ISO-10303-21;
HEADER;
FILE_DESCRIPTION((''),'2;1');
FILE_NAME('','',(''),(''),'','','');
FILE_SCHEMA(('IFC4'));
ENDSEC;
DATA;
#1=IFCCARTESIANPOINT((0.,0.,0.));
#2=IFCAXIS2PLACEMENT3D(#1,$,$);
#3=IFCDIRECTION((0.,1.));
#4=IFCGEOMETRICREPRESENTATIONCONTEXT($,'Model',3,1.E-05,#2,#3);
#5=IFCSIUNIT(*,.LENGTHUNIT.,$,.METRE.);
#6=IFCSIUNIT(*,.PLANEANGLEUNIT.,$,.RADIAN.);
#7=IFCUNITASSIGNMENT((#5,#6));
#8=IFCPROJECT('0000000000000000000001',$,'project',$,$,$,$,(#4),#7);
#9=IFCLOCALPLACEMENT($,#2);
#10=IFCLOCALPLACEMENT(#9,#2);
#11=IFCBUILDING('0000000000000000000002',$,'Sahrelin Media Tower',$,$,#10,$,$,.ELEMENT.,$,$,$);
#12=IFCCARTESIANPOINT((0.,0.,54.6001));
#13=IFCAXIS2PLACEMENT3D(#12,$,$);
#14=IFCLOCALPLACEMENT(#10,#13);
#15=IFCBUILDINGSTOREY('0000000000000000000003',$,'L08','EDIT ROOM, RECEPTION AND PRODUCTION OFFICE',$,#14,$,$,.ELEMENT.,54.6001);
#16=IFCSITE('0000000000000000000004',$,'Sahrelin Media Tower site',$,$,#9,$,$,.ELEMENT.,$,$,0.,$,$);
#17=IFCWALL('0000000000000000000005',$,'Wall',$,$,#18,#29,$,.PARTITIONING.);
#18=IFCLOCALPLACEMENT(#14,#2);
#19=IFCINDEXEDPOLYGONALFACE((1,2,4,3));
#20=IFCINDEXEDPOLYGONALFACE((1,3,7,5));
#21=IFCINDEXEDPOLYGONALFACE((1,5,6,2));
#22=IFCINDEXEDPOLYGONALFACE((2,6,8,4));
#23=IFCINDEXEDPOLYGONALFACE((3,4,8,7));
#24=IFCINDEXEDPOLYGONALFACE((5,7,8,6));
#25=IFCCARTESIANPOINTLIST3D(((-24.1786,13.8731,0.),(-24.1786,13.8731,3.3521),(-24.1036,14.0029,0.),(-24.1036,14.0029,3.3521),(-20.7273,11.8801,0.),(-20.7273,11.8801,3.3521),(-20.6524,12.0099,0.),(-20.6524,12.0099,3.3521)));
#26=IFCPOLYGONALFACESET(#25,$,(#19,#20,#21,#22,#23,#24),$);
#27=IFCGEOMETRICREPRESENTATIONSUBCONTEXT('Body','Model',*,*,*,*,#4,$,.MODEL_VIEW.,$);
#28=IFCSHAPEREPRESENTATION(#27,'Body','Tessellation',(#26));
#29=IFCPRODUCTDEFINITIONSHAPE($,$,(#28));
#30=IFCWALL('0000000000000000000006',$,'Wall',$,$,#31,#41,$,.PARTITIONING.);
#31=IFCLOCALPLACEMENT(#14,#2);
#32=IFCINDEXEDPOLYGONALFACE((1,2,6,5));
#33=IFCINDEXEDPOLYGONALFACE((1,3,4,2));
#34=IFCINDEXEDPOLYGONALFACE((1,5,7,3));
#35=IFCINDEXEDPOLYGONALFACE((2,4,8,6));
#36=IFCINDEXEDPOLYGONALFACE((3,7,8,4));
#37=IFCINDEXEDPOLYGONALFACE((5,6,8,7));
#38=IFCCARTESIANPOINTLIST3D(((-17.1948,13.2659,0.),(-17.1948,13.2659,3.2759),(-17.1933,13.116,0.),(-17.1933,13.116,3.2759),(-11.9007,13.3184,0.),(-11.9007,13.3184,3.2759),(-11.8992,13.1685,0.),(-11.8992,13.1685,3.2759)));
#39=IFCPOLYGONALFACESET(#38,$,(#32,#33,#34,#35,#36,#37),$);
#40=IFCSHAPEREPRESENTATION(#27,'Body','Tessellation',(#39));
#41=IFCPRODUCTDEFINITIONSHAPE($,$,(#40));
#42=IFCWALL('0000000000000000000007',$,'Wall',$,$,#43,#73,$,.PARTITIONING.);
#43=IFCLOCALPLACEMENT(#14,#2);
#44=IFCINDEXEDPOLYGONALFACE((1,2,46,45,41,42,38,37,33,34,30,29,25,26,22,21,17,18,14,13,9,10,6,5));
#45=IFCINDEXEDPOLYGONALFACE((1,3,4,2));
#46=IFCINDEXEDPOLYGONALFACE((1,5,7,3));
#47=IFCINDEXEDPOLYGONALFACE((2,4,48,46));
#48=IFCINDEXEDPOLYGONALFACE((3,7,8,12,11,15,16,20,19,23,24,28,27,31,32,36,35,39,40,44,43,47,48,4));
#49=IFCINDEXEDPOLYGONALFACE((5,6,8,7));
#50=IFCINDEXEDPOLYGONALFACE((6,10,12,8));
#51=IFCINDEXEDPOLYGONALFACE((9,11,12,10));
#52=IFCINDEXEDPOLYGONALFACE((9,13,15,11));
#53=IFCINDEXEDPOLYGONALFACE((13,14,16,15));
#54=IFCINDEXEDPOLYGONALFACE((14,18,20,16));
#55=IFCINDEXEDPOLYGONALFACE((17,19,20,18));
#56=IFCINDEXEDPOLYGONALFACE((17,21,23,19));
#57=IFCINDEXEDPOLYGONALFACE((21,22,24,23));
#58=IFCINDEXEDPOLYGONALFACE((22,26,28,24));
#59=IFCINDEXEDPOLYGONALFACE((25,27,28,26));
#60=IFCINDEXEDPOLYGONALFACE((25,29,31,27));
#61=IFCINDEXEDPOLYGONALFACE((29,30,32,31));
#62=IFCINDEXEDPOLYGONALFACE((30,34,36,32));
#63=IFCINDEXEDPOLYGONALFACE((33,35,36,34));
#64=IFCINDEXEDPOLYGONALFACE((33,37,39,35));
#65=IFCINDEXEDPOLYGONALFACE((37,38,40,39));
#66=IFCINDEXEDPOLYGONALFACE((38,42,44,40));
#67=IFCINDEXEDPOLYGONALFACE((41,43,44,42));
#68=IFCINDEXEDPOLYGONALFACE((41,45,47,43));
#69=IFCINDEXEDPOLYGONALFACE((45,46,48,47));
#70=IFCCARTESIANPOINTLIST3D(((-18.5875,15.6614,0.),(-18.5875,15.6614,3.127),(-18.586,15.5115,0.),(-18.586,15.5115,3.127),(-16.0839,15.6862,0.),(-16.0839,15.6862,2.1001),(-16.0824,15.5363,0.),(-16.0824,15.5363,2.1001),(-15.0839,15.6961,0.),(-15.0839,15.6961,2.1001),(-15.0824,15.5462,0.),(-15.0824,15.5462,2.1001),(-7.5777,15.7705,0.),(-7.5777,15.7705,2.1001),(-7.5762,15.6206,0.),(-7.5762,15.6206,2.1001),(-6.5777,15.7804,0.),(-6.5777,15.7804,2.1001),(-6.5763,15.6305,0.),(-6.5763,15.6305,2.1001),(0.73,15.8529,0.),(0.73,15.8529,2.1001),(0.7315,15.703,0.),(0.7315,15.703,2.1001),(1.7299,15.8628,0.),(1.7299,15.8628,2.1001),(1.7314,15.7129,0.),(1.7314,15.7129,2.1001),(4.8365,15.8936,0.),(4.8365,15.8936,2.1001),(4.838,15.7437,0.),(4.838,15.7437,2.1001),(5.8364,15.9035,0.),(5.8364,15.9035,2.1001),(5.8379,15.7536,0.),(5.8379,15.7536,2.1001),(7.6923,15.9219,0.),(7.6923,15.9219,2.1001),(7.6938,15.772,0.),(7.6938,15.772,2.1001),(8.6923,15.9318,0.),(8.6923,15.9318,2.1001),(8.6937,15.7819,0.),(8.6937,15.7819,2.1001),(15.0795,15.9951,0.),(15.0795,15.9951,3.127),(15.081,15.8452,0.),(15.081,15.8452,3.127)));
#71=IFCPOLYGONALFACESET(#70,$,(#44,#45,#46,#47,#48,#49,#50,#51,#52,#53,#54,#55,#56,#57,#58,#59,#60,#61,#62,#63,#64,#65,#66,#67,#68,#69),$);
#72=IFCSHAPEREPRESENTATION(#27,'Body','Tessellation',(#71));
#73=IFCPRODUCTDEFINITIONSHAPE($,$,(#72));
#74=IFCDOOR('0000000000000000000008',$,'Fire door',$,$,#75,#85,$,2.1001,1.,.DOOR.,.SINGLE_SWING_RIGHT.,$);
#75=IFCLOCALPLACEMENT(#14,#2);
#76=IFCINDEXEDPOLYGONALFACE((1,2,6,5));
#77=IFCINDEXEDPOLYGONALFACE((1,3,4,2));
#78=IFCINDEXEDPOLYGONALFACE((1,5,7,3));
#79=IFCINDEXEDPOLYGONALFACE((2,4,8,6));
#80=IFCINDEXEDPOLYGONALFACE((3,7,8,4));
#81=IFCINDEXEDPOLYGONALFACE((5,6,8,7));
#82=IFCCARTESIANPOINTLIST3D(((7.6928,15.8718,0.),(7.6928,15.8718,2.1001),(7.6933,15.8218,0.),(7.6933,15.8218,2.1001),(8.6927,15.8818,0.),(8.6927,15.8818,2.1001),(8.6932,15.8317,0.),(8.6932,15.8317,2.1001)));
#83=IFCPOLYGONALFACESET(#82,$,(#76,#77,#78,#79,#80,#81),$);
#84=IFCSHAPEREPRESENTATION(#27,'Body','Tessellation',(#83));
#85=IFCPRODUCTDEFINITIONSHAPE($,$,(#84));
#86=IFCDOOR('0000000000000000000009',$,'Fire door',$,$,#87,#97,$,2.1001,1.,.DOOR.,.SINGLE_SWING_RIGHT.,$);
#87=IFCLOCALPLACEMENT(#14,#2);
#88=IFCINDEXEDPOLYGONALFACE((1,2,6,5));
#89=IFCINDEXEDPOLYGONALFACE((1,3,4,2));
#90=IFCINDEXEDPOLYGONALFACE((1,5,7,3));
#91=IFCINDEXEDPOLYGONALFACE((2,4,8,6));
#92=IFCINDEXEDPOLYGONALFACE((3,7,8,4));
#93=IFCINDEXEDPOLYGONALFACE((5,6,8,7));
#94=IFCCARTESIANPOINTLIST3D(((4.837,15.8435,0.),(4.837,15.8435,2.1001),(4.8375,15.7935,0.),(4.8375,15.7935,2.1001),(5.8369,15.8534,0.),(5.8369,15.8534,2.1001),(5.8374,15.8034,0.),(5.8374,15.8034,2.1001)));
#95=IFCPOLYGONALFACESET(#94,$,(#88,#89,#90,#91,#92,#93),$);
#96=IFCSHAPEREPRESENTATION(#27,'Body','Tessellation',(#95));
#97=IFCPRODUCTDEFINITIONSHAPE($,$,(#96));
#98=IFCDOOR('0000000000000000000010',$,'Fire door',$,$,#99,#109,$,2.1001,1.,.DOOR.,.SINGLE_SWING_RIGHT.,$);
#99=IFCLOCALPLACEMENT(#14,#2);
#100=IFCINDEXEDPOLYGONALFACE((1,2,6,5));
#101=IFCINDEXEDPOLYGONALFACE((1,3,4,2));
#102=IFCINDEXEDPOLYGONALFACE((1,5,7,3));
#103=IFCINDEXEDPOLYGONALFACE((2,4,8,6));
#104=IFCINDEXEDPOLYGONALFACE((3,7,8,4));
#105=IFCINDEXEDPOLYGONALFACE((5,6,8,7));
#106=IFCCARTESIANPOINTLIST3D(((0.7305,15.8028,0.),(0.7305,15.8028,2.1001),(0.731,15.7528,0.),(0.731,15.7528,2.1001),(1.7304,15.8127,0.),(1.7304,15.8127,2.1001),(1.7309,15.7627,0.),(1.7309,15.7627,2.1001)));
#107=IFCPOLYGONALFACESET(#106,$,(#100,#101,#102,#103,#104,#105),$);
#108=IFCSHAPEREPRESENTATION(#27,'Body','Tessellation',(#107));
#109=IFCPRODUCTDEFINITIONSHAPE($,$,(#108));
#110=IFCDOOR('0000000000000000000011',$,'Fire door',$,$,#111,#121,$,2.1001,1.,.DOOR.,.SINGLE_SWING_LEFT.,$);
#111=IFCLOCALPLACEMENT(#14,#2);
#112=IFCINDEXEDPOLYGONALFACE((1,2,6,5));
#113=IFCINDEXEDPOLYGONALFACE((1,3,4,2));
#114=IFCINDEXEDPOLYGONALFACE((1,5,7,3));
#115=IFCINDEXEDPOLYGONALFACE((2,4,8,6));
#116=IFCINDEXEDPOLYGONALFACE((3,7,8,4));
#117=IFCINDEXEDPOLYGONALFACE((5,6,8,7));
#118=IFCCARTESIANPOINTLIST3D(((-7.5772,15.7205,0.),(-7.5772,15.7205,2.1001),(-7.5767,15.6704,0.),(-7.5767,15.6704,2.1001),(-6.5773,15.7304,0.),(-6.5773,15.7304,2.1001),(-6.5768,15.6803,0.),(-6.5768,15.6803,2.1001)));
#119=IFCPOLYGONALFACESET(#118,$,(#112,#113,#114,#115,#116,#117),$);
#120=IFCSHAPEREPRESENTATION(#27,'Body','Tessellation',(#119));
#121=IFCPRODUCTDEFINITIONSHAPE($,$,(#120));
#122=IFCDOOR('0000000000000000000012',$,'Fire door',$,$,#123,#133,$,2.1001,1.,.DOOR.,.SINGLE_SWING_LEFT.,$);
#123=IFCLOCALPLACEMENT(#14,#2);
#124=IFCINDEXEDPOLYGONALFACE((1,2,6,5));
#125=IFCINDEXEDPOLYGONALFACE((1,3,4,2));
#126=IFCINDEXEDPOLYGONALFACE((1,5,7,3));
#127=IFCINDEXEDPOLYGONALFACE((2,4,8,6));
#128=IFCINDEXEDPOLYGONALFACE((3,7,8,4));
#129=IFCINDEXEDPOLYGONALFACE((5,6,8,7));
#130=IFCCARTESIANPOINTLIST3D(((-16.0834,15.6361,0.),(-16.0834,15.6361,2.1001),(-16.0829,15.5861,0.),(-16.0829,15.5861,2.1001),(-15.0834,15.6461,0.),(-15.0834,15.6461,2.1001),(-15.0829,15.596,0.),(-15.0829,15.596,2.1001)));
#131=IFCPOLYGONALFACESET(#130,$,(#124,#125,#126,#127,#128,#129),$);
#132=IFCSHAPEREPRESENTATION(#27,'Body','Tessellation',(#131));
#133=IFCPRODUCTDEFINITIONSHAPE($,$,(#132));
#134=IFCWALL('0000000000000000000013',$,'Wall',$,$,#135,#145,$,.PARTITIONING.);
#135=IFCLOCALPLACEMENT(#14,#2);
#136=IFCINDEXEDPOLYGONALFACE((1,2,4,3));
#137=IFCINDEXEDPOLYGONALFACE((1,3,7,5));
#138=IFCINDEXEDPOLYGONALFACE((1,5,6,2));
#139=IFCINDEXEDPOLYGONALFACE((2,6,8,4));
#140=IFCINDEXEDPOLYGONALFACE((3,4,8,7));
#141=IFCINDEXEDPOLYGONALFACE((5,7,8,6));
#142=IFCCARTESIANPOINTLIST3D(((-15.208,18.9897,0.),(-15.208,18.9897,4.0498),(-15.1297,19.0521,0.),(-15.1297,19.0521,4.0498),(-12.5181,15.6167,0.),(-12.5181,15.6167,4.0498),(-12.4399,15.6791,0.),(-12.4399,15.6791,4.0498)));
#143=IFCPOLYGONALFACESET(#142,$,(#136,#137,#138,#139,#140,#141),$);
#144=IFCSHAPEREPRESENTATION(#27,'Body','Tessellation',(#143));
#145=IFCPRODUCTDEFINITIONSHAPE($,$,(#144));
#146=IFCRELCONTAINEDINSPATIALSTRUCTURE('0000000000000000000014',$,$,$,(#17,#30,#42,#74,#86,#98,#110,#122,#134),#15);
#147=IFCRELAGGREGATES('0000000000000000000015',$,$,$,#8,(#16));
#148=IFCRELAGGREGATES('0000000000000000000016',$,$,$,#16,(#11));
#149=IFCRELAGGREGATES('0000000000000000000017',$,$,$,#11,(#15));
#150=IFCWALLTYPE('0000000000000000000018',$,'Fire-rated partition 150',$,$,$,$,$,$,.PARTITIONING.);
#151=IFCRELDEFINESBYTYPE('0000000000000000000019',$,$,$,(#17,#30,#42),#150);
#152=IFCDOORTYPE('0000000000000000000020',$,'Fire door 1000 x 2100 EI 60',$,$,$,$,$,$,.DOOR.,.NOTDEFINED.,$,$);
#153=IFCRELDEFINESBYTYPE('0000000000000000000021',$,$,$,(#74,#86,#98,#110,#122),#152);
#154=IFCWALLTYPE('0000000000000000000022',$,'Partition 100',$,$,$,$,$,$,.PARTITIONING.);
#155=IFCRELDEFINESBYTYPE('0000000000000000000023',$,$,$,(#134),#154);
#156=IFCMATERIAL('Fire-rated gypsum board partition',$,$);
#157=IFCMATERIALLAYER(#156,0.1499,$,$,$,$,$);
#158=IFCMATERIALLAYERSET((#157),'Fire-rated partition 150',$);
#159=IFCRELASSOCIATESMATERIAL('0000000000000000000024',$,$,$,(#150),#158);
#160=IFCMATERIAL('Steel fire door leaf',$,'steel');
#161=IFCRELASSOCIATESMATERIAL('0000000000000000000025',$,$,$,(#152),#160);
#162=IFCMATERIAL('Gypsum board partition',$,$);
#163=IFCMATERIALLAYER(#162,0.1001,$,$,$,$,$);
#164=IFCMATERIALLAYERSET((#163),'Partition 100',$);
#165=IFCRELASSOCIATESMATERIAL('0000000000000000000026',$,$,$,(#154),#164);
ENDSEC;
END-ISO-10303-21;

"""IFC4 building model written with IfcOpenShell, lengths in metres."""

from ifc_helpers import new_model, si_unit, direction, frame, frame_2d, origin, place, context, subcontext, project, spatial, rectangle, extrude, material, layer, layer_set, type_object, element, fill, save


model = new_model("IFC4")

# Units and contexts
model_context = context("Model", 3, precision=1e-05, world=origin(), true_north=direction((0.0, 1.0)))
body_context = subcontext(model_context, "Body", "Model", "MODEL_VIEW")
ifc_project = project(units=[si_unit("LENGTHUNIT", "METRE"), si_unit("PLANEANGLEUNIT", "RADIAN")], contexts=[model_context])

# Site, building, storey
site_placement = place(None, origin())
site = spatial("IfcSite", under=ifc_project, at=site_placement, Name="Sahrelin Media Tower site", CompositionType="ELEMENT", RefElevation=0.0)
building_placement = place(site_placement, origin())
building = spatial("IfcBuilding", under=site, at=building_placement, Name="Sahrelin Media Tower", CompositionType="ELEMENT")
storey_placement = place(building_placement, frame((0.0, 0.0, 54.6001)))
storey = spatial("IfcBuildingStorey", under=building, at=storey_placement, Name="L08", Description="EDIT ROOM, RECEPTION AND PRODUCTION OFFICE", CompositionType="ELEMENT", Elevation=54.6001)

# Walls
ifc_material_1 = material(Name="Fire-rated gypsum board partition")
ifc_layer_1 = layer(ifc_material_1, 0.1499)
ifc_layer_set_1 = layer_set([ifc_layer_1], Name="Fire-rated partition 150")
wall_type_1 = type_object("IfcWallType", Name="Fire-rated partition 150", PredefinedType="PARTITIONING", material=ifc_layer_set_1)
wall_1_placement = place(storey_placement, frame((-24.1411, 13.938, 0.0), z_axis=(0.0, 0.0, 1.0), x_axis=(0.865984, -0.500072, 0.0)))
element("IfcWall", 1, at=wall_1_placement, inside=storey, type_object=wall_type_1, Name="Wall", PredefinedType="PARTITIONING", context=body_context, shape_type="SweptSolid", body=[
    extrude(rectangle(XDim=3.9854, YDim=0.1499, at=frame_2d((1.9927, 0.0))), origin(), (0.0, 0.0, 1.0), 3.3521),
])
wall_2_placement = place(storey_placement, frame((-17.1941, 13.1909, 0.0), z_axis=(0.0, 0.0, 1.0), x_axis=(0.999951, 0.009914, 0.0)))
element("IfcWall", 2, at=wall_2_placement, inside=storey, type_object=wall_type_1, Name="Wall", PredefinedType="PARTITIONING", context=body_context, shape_type="SweptSolid", body=[
    extrude(rectangle(XDim=5.2944, YDim=0.1499, at=frame_2d((2.6472, 0.0))), origin(), (0.0, 0.0, 1.0), 3.2759),
])

# Wall, openings, doors
wall_3_placement = place(storey_placement, frame((-18.5869, 15.5864, 0.0), z_axis=(0.0, 0.0, 1.0), x_axis=(0.999951, 0.009912, 0.0)))
wall_3 = element("IfcWall", 3, at=wall_3_placement, inside=storey, type_object=wall_type_1, Name="Wall", PredefinedType="PARTITIONING", context=body_context, shape_type="SweptSolid", body=[
    extrude(rectangle(XDim=33.6687, YDim=0.1499, at=frame_2d((16.8345, 0.0))), origin(), (0.0, 0.0, 1.0), 3.127),
])
opening_1_placement = place(wall_3_placement, frame((26.2812, 0.0, 0.0)))
opening_1 = element("IfcOpeningElement", 4, at=opening_1_placement, cuts=wall_3, PredefinedType="OPENING", context=body_context, shape_type="SweptSolid", body=[
    extrude(rectangle(XDim=1.0, YDim=2.1001, at=frame_2d((0.5, 1.05))), frame((0.0, 0.075, 0.0), z_axis=(0.0, -1.0, 0.0), x_axis=(1.0, 0.0, 0.0)), (0.0, 0.0, 1.0), 0.1499),
])
opening_2_placement = place(wall_3_placement, frame((23.4253, 0.0, 0.0)))
opening_2 = element("IfcOpeningElement", 5, at=opening_2_placement, cuts=wall_3, PredefinedType="OPENING", context=body_context, shape_type="SweptSolid", body=[
    extrude(rectangle(XDim=1.0, YDim=2.1001, at=frame_2d((0.5, 1.05))), frame((0.0, 0.075, 0.0), z_axis=(0.0, -1.0, 0.0), x_axis=(1.0, 0.0, 0.0)), (0.0, 0.0, 1.0), 0.1499),
])
opening_3_placement = place(wall_3_placement, frame((19.3186, 0.0, 0.0)))
opening_3 = element("IfcOpeningElement", 6, at=opening_3_placement, cuts=wall_3, PredefinedType="OPENING", context=body_context, shape_type="SweptSolid", body=[
    extrude(rectangle(XDim=1.0, YDim=2.1001, at=frame_2d((0.5, 1.05))), frame((0.0, 0.075, 0.0), z_axis=(0.0, -1.0, 0.0), x_axis=(1.0, 0.0, 0.0)), (0.0, 0.0, 1.0), 0.1499),
])
opening_4_placement = place(wall_3_placement, frame((11.0105, 0.0, 0.0)))
opening_4 = element("IfcOpeningElement", 7, at=opening_4_placement, cuts=wall_3, PredefinedType="OPENING", context=body_context, shape_type="SweptSolid", body=[
    extrude(rectangle(XDim=1.0, YDim=2.1001, at=frame_2d((0.5, 1.05))), frame((0.0, 0.075, 0.0), z_axis=(0.0, -1.0, 0.0), x_axis=(1.0, 0.0, 0.0)), (0.0, 0.0, 1.0), 0.1499),
])
opening_5_placement = place(wall_3_placement, frame((2.5039, 0.0, 0.0)))
opening_5 = element("IfcOpeningElement", 8, at=opening_5_placement, cuts=wall_3, PredefinedType="OPENING", context=body_context, shape_type="SweptSolid", body=[
    extrude(rectangle(XDim=1.0, YDim=2.1001, at=frame_2d((0.5, 1.05))), frame((0.0, 0.075, 0.0), z_axis=(0.0, -1.0, 0.0), x_axis=(1.0, 0.0, 0.0)), (0.0, 0.0, 1.0), 0.1499),
])
ifc_material_2 = material(Name="Steel fire door leaf", Category="steel")
door_type_1 = type_object("IfcDoorType", Name="Fire door 1000 x 2100 EI 60", OperationType="NOTDEFINED", PredefinedType="DOOR", material=ifc_material_2)
door_1_placement = place(opening_1_placement, origin())
door_1 = element("IfcDoor", 9, at=door_1_placement, inside=storey, type_object=door_type_1, Name="Fire door", OperationType="SINGLE_SWING_RIGHT", OverallHeight=2.1001, OverallWidth=1.0, PredefinedType="DOOR", context=body_context, shape_type="SweptSolid", body=[
    extrude(rectangle(XDim=1.0, YDim=2.1001, at=frame_2d((0.5, 1.05))), frame((0.0, 0.0249, 0.0), z_axis=(0.0, -1.0, 0.0), x_axis=(1.0, 0.0, 0.0)), (0.0, 0.0, 1.0), 0.05),
])
fill(opening_1, door_1)
door_2_placement = place(opening_2_placement, origin())
door_2 = element("IfcDoor", 10, at=door_2_placement, inside=storey, type_object=door_type_1, Name="Fire door", OperationType="SINGLE_SWING_RIGHT", OverallHeight=2.1001, OverallWidth=1.0, PredefinedType="DOOR", context=body_context, shape_type="SweptSolid", body=[
    extrude(rectangle(XDim=1.0, YDim=2.1001, at=frame_2d((0.5, 1.05))), frame((0.0, 0.0249, 0.0), z_axis=(0.0, -1.0, 0.0), x_axis=(1.0, 0.0, 0.0)), (0.0, 0.0, 1.0), 0.05),
])
fill(opening_2, door_2)
door_3_placement = place(opening_3_placement, origin())
door_3 = element("IfcDoor", 11, at=door_3_placement, inside=storey, type_object=door_type_1, Name="Fire door", OperationType="SINGLE_SWING_RIGHT", OverallHeight=2.1001, OverallWidth=1.0, PredefinedType="DOOR", context=body_context, shape_type="SweptSolid", body=[
    extrude(rectangle(XDim=1.0, YDim=2.1001, at=frame_2d((0.5, 1.05))), frame((0.0, 0.0249, 0.0), z_axis=(0.0, -1.0, 0.0), x_axis=(1.0, 0.0, 0.0)), (0.0, 0.0, 1.0), 0.05),
])
fill(opening_3, door_3)
door_4_placement = place(opening_4_placement, origin())
door_4 = element("IfcDoor", 12, at=door_4_placement, inside=storey, type_object=door_type_1, Name="Fire door", OperationType="SINGLE_SWING_LEFT", OverallHeight=2.1001, OverallWidth=1.0, PredefinedType="DOOR", context=body_context, shape_type="SweptSolid", body=[
    extrude(rectangle(XDim=1.0, YDim=2.1001, at=frame_2d((0.5, 1.05))), frame((0.0, 0.0249, 0.0), z_axis=(0.0, -1.0, 0.0), x_axis=(1.0, 0.0, 0.0)), (0.0, 0.0, 1.0), 0.05),
])
fill(opening_4, door_4)
door_5_placement = place(opening_5_placement, origin())
door_5 = element("IfcDoor", 13, at=door_5_placement, inside=storey, type_object=door_type_1, Name="Fire door", OperationType="SINGLE_SWING_LEFT", OverallHeight=2.1001, OverallWidth=1.0, PredefinedType="DOOR", context=body_context, shape_type="SweptSolid", body=[
    extrude(rectangle(XDim=1.0, YDim=2.1001, at=frame_2d((0.5, 1.05))), frame((0.0, 0.0249, 0.0), z_axis=(0.0, -1.0, 0.0), x_axis=(1.0, 0.0, 0.0)), (0.0, 0.0, 1.0), 0.05),
])
fill(opening_5, door_5)

# Wall
ifc_material_3 = material(Name="Gypsum board partition")
ifc_layer_2 = layer(ifc_material_3, 0.1001)
ifc_layer_set_2 = layer_set([ifc_layer_2], Name="Partition 100")
wall_type_2 = type_object("IfcWallType", Name="Partition 100", PredefinedType="PARTITIONING", material=ifc_layer_set_2)
wall_4_placement = place(storey_placement, frame((-15.1689, 19.021, 0.0), z_axis=(0.0, 0.0, 1.0), x_axis=(0.623494, -0.781829, 0.0)))
element("IfcWall", 14, at=wall_4_placement, inside=storey, type_object=wall_type_2, Name="Wall", PredefinedType="PARTITIONING", context=body_context, shape_type="SweptSolid", body=[
    extrude(rectangle(XDim=4.3142, YDim=0.1001, at=frame_2d((2.1572, 0.0))), origin(), (0.0, 0.0, 1.0), 4.0498),
])

save(model, "model.ifc")
